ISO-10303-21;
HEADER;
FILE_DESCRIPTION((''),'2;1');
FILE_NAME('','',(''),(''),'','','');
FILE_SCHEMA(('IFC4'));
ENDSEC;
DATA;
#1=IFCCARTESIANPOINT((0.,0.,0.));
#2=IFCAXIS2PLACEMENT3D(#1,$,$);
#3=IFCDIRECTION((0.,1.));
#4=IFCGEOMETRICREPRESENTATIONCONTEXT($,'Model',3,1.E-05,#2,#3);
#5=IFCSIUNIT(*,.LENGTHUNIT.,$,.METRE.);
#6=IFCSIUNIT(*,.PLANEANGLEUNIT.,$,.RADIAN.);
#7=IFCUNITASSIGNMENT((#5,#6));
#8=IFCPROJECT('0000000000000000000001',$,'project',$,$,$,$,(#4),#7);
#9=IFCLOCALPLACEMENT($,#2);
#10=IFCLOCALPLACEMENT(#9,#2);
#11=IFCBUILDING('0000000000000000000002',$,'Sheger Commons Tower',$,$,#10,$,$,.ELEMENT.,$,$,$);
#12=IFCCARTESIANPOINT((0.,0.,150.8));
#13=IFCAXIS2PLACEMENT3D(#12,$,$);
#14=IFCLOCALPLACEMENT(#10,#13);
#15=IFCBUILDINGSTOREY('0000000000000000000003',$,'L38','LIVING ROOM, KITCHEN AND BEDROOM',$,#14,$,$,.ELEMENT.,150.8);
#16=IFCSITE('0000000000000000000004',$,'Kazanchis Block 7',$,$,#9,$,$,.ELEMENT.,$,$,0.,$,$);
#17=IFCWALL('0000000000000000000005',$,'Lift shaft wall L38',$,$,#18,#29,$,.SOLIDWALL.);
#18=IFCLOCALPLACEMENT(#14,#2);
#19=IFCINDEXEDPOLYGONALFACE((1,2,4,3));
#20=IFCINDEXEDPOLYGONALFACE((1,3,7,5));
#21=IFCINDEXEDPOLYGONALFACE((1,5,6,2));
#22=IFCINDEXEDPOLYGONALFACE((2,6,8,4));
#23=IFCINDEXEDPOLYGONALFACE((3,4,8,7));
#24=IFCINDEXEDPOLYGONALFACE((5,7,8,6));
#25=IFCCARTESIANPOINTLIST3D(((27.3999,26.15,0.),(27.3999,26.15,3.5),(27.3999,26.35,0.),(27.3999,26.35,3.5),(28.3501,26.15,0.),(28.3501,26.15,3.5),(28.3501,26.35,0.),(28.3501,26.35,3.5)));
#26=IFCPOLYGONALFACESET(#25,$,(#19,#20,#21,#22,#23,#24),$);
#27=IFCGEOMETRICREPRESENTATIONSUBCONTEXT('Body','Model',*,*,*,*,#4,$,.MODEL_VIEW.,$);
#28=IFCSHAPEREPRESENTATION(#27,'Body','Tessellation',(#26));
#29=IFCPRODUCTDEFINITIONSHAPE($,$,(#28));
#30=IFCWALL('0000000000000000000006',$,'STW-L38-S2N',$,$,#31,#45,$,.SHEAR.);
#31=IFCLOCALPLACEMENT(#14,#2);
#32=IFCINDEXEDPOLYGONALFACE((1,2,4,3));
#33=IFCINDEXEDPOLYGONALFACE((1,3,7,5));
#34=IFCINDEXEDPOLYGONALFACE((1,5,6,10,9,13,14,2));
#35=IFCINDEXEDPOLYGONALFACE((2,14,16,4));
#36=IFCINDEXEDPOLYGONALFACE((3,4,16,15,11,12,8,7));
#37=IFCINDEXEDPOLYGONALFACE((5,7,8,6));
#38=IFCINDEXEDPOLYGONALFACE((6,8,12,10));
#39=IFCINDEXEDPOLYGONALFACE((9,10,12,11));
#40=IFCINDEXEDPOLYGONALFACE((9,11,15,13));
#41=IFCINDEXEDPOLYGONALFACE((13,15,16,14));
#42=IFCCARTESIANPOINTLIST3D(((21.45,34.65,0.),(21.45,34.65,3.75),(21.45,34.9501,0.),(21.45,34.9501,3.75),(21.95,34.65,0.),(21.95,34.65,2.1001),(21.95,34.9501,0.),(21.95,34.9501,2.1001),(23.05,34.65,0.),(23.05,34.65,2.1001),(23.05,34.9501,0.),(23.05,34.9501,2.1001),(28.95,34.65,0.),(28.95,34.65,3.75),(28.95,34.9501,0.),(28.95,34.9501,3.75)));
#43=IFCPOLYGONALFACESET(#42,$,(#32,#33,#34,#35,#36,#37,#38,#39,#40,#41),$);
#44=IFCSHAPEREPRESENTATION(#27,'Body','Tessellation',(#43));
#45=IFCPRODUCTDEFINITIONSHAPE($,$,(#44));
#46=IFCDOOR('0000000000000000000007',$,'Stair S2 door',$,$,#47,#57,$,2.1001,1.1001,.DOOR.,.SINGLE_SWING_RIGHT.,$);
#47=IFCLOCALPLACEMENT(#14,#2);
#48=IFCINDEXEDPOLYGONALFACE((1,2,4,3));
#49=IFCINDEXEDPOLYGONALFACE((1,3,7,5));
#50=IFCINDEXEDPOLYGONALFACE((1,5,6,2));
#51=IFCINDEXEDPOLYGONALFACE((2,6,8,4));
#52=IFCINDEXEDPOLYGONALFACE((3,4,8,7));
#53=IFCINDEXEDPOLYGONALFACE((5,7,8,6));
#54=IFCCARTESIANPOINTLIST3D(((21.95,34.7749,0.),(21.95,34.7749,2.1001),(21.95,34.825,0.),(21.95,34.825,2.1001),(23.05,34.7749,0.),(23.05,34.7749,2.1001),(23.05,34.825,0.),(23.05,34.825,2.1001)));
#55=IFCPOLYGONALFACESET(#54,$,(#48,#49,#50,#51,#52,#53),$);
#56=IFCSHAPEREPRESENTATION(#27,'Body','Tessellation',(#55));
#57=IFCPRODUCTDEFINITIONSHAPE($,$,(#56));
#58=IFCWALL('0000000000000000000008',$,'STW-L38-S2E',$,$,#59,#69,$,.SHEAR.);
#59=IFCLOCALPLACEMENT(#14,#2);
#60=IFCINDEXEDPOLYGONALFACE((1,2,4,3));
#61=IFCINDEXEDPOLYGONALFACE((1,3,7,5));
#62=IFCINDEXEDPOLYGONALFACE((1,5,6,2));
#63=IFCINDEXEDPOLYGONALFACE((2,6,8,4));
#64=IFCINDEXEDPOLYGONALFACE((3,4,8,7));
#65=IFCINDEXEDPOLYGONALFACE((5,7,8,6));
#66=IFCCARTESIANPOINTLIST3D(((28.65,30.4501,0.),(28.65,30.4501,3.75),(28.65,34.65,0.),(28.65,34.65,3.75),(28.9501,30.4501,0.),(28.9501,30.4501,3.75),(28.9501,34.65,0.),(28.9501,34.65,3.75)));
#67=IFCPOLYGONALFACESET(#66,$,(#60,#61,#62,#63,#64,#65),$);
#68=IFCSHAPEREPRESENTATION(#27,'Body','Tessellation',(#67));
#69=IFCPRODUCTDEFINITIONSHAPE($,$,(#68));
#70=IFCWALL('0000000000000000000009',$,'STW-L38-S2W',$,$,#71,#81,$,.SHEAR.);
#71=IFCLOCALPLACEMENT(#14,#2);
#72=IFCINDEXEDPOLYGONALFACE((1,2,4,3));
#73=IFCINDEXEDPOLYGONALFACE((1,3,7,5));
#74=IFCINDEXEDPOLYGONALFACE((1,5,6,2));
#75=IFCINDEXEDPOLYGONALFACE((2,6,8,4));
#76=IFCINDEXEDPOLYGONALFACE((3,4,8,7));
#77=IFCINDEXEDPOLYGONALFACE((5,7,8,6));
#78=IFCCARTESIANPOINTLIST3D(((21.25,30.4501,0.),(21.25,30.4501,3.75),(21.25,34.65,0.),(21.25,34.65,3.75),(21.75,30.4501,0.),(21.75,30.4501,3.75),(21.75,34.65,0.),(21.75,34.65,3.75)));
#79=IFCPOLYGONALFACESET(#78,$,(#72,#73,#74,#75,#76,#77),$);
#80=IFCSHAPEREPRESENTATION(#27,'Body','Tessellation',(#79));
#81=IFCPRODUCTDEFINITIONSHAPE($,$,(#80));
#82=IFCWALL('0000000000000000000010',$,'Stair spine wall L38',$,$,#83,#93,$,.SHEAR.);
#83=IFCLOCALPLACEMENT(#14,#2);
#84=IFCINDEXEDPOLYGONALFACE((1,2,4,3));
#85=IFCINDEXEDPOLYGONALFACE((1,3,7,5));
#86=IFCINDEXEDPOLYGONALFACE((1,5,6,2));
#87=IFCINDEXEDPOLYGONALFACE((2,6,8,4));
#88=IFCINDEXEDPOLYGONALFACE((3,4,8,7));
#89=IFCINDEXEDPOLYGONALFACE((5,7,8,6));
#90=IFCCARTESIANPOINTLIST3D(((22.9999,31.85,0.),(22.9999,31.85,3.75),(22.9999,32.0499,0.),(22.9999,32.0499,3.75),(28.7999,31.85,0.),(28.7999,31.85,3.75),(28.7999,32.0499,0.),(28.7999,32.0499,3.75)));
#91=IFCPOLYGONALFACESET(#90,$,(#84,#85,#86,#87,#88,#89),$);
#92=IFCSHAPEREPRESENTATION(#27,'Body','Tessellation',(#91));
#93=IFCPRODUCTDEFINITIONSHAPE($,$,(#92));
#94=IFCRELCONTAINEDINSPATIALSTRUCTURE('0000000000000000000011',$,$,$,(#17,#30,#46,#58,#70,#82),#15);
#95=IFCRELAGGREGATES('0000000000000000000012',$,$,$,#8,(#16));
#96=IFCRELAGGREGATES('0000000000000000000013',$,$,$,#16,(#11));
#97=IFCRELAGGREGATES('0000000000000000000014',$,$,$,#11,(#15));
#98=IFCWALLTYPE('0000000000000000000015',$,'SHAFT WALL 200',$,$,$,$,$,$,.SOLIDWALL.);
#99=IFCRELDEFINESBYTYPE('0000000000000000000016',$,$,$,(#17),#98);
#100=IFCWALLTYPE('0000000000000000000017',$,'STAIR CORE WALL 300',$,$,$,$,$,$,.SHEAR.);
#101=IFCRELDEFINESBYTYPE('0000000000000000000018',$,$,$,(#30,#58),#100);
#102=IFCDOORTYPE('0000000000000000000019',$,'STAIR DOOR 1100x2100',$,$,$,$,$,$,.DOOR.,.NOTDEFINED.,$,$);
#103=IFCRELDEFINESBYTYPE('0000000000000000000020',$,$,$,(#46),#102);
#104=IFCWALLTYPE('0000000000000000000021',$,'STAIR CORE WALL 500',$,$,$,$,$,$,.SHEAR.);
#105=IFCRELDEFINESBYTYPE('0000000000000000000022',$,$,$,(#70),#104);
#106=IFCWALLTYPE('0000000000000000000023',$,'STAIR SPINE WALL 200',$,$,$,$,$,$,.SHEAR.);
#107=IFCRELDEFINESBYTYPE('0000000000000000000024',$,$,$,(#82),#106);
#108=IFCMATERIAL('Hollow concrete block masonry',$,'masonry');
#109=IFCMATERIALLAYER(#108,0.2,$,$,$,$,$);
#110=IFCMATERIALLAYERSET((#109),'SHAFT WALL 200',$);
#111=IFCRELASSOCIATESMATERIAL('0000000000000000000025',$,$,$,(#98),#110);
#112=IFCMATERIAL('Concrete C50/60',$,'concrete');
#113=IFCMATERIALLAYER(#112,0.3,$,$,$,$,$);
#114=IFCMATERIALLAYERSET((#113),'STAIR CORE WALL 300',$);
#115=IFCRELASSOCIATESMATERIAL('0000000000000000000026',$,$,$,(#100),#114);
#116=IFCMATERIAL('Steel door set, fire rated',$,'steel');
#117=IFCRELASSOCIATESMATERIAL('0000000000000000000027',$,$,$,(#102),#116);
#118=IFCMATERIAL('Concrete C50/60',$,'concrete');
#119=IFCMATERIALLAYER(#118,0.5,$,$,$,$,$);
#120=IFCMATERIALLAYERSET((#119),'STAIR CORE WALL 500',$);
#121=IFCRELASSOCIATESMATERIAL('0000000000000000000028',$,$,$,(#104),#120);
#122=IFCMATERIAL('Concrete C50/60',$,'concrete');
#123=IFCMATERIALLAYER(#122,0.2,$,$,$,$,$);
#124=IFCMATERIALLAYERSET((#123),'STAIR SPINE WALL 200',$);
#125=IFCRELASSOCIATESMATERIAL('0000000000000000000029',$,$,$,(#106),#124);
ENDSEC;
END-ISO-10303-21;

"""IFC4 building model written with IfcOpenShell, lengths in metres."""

from ifc_helpers import new_model, si_unit, direction, frame, frame_2d, origin, place, context, subcontext, project, spatial, rectangle, extrude, material, layer, layer_set, type_object, element, fill, save


model = new_model("IFC4")

# Units and contexts
model_context = context("Model", 3, precision=1e-05, world=origin(), true_north=direction((0.0, 1.0)))
body_context = subcontext(model_context, "Body", "Model", "MODEL_VIEW")
ifc_project = project(units=[si_unit("LENGTHUNIT", "METRE"), si_unit("PLANEANGLEUNIT", "RADIAN")], contexts=[model_context])

# Site, building, storey
site_placement = place(None, origin())
site = spatial("IfcSite", under=ifc_project, at=site_placement, Name="Kazanchis Block 7", CompositionType="ELEMENT", RefElevation=0.0)
building_placement = place(site_placement, origin())
building = spatial("IfcBuilding", under=site, at=building_placement, Name="Sheger Commons Tower", CompositionType="ELEMENT")
storey_placement = place(building_placement, frame((0.0, 0.0, 150.8)))
storey = spatial("IfcBuildingStorey", under=building, at=storey_placement, Name="L38", Description="LIVING ROOM, KITCHEN AND BEDROOM", CompositionType="ELEMENT", Elevation=150.8)

# Wall
ifc_material_1 = material(Name="Hollow concrete block masonry", Category="masonry")
ifc_layer_1 = layer(ifc_material_1, 0.2)
ifc_layer_set_1 = layer_set([ifc_layer_1], Name="SHAFT WALL 200")
wall_type_1 = type_object("IfcWallType", Name="SHAFT WALL 200", PredefinedType="SOLIDWALL", material=ifc_layer_set_1)
wall_1_placement = place(storey_placement, frame((27.3999, 26.25, 0.0), z_axis=(0.0, 0.0, 1.0), x_axis=(1.0, 0.0, 0.0)))
element("IfcWall", 1, at=wall_1_placement, inside=storey, type_object=wall_type_1, Name="Lift shaft wall L38", PredefinedType="SOLIDWALL", context=body_context, shape_type="SweptSolid", body=[
    extrude(rectangle(XDim=0.9502, YDim=0.2, at=frame_2d((0.4751, 0.0))), origin(), (0.0, 0.0, 1.0), 3.5),
])

# Wall, opening, door
ifc_material_2 = material(Name="Concrete C50/60", Category="concrete")
ifc_layer_2 = layer(ifc_material_2, 0.3)
ifc_layer_set_2 = layer_set([ifc_layer_2], Name="STAIR CORE WALL 300")
wall_type_2 = type_object("IfcWallType", Name="STAIR CORE WALL 300", PredefinedType="SHEAR", material=ifc_layer_set_2)
wall_2_placement = place(storey_placement, frame((21.45, 34.8, 0.0), z_axis=(0.0, 0.0, 1.0), x_axis=(1.0, 0.0, 0.0)))
wall_2 = element("IfcWall", 2, at=wall_2_placement, inside=storey, type_object=wall_type_2, Name="STW-L38-S2N", PredefinedType="SHEAR", context=body_context, shape_type="SweptSolid", body=[
    extrude(rectangle(XDim=7.5, YDim=0.3, at=frame_2d((3.75, 0.0))), origin(), (0.0, 0.0, 1.0), 3.75),
])
opening_1_placement = place(wall_2_placement, frame((0.5, 0.0, 0.0)))
opening_1 = element("IfcOpeningElement", 3, at=opening_1_placement, cuts=wall_2, PredefinedType="OPENING", context=body_context, shape_type="SweptSolid", body=[
    extrude(rectangle(XDim=1.1001, YDim=2.1001, at=frame_2d((0.55, 1.05))), frame((0.0, 0.1599, 0.0), z_axis=(0.0, -1.0, 0.0), x_axis=(1.0, 0.0, 0.0)), (0.0, 0.0, 1.0), 0.3201),
])
ifc_material_3 = material(Name="Steel door set, fire rated", Category="steel")
door_type_1 = type_object("IfcDoorType", Name="STAIR DOOR 1100x2100", OperationType="NOTDEFINED", PredefinedType="DOOR", material=ifc_material_3)
door_1_placement = place(opening_1_placement, origin())
door_1 = element("IfcDoor", 4, at=door_1_placement, inside=storey, type_object=door_type_1, Name="Stair S2 door", OperationType="SINGLE_SWING_RIGHT", OverallHeight=2.1001, OverallWidth=1.1001, PredefinedType="DOOR", context=body_context, shape_type="SweptSolid", body=[
    extrude(rectangle(XDim=1.1001, YDim=2.1001, at=frame_2d((0.55, 1.05))), frame((0.0, 0.0249, 0.0), z_axis=(0.0, -1.0, 0.0), x_axis=(1.0, 0.0, 0.0)), (0.0, 0.0, 1.0), 0.05),
])
fill(opening_1, door_1)

# Walls
wall_3_placement = place(storey_placement, frame((28.8, 30.45, 0.0), z_axis=(0.0, 0.0, 1.0), x_axis=(0.0, 1.0, 0.0)))
element("IfcWall", 5, at=wall_3_placement, inside=storey, type_object=wall_type_2, Name="STW-L38-S2E", PredefinedType="SHEAR", context=body_context, shape_type="SweptSolid", body=[
    extrude(rectangle(XDim=4.2, YDim=0.3, at=frame_2d((2.1001, 0.0))), origin(), (0.0, 0.0, 1.0), 3.75),
])
ifc_material_4 = material(Name="Concrete C50/60", Category="concrete")
ifc_layer_3 = layer(ifc_material_4, 0.5)
ifc_layer_set_3 = layer_set([ifc_layer_3], Name="STAIR CORE WALL 500")
wall_type_3 = type_object("IfcWallType", Name="STAIR CORE WALL 500", PredefinedType="SHEAR", material=ifc_layer_set_3)
wall_4_placement = place(storey_placement, frame((21.5, 30.45, 0.0), z_axis=(0.0, 0.0, 1.0), x_axis=(0.0, 1.0, 0.0)))
element("IfcWall", 6, at=wall_4_placement, inside=storey, type_object=wall_type_3, Name="STW-L38-S2W", PredefinedType="SHEAR", context=body_context, shape_type="SweptSolid", body=[
    extrude(rectangle(XDim=4.2, YDim=0.5, at=frame_2d((2.1001, 0.0))), origin(), (0.0, 0.0, 1.0), 3.75),
])
ifc_material_5 = material(Name="Concrete C50/60", Category="concrete")
ifc_layer_4 = layer(ifc_material_5, 0.2)
ifc_layer_set_4 = layer_set([ifc_layer_4], Name="STAIR SPINE WALL 200")
wall_type_4 = type_object("IfcWallType", Name="STAIR SPINE WALL 200", PredefinedType="SHEAR", material=ifc_layer_set_4)
wall_5_placement = place(storey_placement, frame((23.0, 31.95, 0.0), z_axis=(0.0, 0.0, 1.0), x_axis=(1.0, 0.0, 0.0)))
element("IfcWall", 7, at=wall_5_placement, inside=storey, type_object=wall_type_4, Name="Stair spine wall L38", PredefinedType="SHEAR", context=body_context, shape_type="SweptSolid", body=[
    extrude(rectangle(XDim=5.8, YDim=0.2, at=frame_2d((2.8999, 0.0))), origin(), (0.0, 0.0, 1.0), 3.75),
])

save(model, "model.ifc")
